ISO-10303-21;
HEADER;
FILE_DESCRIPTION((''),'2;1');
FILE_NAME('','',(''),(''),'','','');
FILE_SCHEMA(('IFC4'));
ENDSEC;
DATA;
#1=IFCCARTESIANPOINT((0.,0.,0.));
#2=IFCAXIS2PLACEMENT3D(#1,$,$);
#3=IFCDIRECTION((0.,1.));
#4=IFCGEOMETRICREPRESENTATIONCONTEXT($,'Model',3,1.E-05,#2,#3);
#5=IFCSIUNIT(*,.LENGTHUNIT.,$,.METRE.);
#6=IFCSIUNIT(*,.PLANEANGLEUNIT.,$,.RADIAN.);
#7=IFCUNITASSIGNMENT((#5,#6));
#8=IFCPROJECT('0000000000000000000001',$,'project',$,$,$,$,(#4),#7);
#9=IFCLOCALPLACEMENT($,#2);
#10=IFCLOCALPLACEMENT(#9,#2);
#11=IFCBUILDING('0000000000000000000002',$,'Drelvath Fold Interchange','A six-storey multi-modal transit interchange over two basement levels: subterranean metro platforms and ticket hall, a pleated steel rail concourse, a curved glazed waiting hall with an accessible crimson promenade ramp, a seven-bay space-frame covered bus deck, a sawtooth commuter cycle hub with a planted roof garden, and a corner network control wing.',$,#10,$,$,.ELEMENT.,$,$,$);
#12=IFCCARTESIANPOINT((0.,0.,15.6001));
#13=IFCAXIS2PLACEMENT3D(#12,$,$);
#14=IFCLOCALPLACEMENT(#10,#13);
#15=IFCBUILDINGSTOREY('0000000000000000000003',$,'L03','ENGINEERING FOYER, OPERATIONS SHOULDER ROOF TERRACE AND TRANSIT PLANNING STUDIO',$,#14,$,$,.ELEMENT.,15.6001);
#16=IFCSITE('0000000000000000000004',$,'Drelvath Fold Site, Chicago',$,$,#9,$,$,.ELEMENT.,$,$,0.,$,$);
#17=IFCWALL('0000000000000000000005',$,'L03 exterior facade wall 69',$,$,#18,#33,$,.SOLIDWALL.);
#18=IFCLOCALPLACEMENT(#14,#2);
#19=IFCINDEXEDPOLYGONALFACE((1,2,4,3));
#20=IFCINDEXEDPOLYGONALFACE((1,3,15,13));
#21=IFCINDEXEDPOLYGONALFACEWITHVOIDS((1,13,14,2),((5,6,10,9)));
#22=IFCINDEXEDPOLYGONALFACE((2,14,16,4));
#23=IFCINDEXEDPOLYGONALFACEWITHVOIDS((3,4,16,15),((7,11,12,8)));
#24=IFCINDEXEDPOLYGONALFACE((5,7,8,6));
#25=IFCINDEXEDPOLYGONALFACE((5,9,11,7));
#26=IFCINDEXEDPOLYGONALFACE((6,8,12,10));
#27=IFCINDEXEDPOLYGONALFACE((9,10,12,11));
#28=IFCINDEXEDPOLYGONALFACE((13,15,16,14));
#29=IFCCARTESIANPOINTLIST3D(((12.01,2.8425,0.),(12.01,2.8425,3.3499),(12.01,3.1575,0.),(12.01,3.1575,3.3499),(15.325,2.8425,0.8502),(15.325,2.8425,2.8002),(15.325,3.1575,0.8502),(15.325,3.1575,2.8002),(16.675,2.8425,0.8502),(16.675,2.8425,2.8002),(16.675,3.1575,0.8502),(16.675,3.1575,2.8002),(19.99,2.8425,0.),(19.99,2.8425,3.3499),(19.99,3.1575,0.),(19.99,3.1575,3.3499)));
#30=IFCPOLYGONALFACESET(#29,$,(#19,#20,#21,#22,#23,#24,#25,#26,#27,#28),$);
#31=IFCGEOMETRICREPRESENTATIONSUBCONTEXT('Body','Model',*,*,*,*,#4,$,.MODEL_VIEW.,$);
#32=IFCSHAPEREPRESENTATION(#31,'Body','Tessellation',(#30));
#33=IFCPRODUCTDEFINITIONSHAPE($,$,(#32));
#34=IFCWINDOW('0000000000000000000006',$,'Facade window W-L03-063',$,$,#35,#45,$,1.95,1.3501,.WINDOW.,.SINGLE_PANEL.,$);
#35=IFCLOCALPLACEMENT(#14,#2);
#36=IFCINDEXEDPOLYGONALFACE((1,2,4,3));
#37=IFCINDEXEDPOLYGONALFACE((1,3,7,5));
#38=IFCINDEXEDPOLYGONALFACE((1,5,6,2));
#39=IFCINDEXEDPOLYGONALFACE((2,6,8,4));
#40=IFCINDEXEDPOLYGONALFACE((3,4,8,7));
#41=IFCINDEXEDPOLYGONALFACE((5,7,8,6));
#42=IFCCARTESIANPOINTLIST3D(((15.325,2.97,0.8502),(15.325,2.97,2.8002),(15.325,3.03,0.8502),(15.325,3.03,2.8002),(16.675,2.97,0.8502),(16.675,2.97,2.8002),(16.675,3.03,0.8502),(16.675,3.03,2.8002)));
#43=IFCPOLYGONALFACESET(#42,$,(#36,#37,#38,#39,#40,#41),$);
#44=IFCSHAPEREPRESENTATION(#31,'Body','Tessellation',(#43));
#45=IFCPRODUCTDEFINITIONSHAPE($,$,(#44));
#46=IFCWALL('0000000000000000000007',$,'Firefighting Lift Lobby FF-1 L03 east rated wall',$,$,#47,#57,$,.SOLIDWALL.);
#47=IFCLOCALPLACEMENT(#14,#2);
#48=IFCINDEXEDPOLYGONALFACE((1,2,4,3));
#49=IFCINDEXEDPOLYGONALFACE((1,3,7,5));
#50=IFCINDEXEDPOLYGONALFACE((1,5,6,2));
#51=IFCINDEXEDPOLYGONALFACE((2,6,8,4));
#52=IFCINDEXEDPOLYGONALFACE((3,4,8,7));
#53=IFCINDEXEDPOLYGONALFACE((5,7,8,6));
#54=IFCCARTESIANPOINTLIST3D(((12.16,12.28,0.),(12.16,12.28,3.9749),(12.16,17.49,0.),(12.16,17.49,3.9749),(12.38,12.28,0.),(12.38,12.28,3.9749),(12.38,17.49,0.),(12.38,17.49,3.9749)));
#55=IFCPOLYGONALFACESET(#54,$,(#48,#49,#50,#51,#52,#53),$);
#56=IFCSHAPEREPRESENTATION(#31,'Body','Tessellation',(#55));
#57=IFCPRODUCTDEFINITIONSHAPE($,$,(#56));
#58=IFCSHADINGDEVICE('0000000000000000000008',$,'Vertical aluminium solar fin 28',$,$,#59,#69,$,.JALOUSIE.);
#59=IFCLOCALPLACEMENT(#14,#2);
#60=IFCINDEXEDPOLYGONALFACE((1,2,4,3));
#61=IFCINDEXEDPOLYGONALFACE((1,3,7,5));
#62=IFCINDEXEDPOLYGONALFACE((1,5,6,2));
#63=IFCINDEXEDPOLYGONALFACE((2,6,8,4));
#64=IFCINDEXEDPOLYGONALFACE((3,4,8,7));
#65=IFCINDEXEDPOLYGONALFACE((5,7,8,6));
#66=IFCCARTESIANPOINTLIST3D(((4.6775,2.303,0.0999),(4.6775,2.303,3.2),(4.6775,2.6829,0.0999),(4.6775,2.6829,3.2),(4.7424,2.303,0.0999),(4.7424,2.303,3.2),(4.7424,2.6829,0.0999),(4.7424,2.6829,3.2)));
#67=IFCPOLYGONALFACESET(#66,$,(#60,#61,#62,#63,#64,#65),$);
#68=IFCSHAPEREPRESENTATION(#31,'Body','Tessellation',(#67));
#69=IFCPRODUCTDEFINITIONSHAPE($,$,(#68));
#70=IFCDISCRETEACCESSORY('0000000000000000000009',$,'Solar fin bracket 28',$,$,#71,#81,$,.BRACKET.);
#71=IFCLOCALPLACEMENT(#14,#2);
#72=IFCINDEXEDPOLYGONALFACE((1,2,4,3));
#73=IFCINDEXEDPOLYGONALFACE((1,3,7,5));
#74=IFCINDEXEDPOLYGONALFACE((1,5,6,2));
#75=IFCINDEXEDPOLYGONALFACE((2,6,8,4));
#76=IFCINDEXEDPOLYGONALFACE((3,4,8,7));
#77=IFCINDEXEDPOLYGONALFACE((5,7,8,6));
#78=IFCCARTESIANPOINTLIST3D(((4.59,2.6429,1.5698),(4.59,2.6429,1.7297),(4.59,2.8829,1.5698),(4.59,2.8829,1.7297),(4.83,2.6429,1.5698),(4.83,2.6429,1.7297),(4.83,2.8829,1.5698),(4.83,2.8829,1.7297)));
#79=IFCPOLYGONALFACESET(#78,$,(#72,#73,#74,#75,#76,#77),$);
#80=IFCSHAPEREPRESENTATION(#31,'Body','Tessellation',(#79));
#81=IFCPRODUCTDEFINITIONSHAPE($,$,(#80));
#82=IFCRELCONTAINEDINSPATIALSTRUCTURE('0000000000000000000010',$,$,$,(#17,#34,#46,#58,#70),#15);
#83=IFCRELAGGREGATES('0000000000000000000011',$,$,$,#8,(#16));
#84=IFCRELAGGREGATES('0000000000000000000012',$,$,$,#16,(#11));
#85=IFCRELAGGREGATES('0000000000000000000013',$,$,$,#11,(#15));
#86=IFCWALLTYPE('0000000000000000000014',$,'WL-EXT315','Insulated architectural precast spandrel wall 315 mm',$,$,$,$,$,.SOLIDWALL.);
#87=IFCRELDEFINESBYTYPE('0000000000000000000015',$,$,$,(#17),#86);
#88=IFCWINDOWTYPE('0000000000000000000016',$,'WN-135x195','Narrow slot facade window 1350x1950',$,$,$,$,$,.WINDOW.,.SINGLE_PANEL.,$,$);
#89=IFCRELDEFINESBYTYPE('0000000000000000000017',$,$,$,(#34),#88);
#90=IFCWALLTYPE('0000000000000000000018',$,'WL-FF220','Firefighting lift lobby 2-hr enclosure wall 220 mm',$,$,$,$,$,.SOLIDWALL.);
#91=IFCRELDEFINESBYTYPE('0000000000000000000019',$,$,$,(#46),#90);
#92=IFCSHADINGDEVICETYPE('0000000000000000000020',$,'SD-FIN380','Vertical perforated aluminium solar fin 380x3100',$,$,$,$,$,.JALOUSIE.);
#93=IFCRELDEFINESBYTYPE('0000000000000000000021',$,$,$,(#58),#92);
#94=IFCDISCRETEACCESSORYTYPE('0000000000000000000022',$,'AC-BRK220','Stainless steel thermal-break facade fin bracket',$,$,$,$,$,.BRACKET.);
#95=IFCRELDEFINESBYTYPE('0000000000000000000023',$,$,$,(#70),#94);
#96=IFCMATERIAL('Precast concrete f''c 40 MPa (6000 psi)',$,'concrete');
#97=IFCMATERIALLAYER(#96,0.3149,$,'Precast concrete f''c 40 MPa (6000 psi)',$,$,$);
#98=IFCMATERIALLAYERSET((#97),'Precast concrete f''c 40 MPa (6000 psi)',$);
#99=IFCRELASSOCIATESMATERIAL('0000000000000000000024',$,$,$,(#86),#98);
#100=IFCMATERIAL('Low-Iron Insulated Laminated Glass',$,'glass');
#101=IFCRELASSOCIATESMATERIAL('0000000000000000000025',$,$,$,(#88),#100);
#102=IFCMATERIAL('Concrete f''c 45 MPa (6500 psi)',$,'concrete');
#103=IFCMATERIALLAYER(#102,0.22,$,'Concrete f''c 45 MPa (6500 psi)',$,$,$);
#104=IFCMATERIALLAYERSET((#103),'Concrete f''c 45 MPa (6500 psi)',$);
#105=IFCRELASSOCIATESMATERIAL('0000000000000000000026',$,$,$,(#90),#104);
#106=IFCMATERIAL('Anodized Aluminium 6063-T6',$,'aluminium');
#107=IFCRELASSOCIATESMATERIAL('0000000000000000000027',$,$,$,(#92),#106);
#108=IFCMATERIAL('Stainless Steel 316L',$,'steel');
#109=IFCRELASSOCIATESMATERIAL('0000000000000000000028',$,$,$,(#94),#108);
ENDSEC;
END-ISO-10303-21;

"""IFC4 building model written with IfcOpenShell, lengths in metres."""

from ifc_helpers import new_model, si_unit, direction, frame, frame_2d, origin, origin_2d, place, context, subcontext, project, spatial, rectangle, extrude, material, layer, layer_set, type_object, element, fill, save


model = new_model("IFC4")

# Units and contexts
model_context = context("Model", 3, precision=1e-05, world=origin(), true_north=direction((0.0, 1.0)))
body_context = subcontext(model_context, "Body", "Model", "MODEL_VIEW")
ifc_project = project(units=[si_unit("LENGTHUNIT", "METRE"), si_unit("PLANEANGLEUNIT", "RADIAN")], contexts=[model_context])

# Site, building, storey
site_placement = place(None, origin())
site = spatial("IfcSite", under=ifc_project, at=site_placement, Name="Drelvath Fold Site, Chicago", CompositionType="ELEMENT", RefElevation=0.0)
building_placement = place(site_placement, origin())
building = spatial("IfcBuilding", under=site, at=building_placement, Name="Drelvath Fold Interchange", Description="A six-storey multi-modal transit interchange over two basement levels: subterranean metro platforms and ticket hall, a pleated steel rail concourse, a curved glazed waiting hall with an accessible crimson promenade ramp, a seven-bay space-frame covered bus deck, a sawtooth commuter cycle hub with a planted roof garden, and a corner network control wing.", CompositionType="ELEMENT")
storey_placement = place(building_placement, frame((0.0, 0.0, 15.6001)))
storey = spatial("IfcBuildingStorey", under=building, at=storey_placement, Name="L03", Description="ENGINEERING FOYER, OPERATIONS SHOULDER ROOF TERRACE AND TRANSIT PLANNING STUDIO", CompositionType="ELEMENT", Elevation=15.6001)

# Shared definitions
ifc_material_1 = material(Name="Concrete f'c 45 MPa (6500 psi)", Category="concrete")

# Wall, opening, window
ifc_material_2 = material(Name="Precast concrete f'c 40 MPa (6000 psi)", Category="concrete")
ifc_layer_1 = layer(ifc_material_2, 0.3149, Name="Precast concrete f'c 40 MPa (6000 psi)")
ifc_layer_set_1 = layer_set([ifc_layer_1], Name="Precast concrete f'c 40 MPa (6000 psi)")
wall_type_1 = type_object("IfcWallType", Name="WL-EXT315", Description="Insulated architectural precast spandrel wall 315 mm", PredefinedType="SOLIDWALL", material=ifc_layer_set_1)
ifc_material_3 = material(Name="Low-Iron Insulated Laminated Glass", Category="glass")
wall_1_placement = place(storey_placement, frame((12.01, 3.0, 0.0), z_axis=(0.0, 0.0, 1.0), x_axis=(1.0, 0.0, 0.0)))
wall_1 = element("IfcWall", 1, at=wall_1_placement, inside=storey, type_object=wall_type_1, Name="L03 exterior facade wall 69", PredefinedType="SOLIDWALL", context=body_context, shape_type="SweptSolid", body=[
    extrude(rectangle(XDim=7.98, YDim=0.3149, at=frame_2d((3.99, 0.0))), origin(), (0.0, 0.0, 1.0), 3.3499),
])
opening_1_placement = place(wall_1_placement, frame((3.3149, 0.0, 0.8501)))
opening_1 = element("IfcOpeningElement", 2, at=opening_1_placement, cuts=wall_1, PredefinedType="OPENING", context=body_context, shape_type="SweptSolid", body=[
    extrude(rectangle(XDim=1.3501, YDim=1.95, at=frame_2d((0.675, 0.9751))), frame((0.0, 0.1675, 0.0), z_axis=(0.0, -1.0, 0.0), x_axis=(1.0, 0.0, 0.0)), (0.0, 0.0, 1.0), 0.335),
])
window_type_1 = type_object("IfcWindowType", Name="WN-135x195", Description="Narrow slot facade window 1350x1950", PartitioningType="SINGLE_PANEL", PredefinedType="WINDOW", material=ifc_material_3)
window_1_placement = place(opening_1_placement, origin())
window_1 = element("IfcWindow", 3, at=window_1_placement, inside=storey, type_object=window_type_1, Name="Facade window W-L03-063", OverallHeight=1.95, OverallWidth=1.3501, PartitioningType="SINGLE_PANEL", PredefinedType="WINDOW", context=body_context, shape_type="SweptSolid", body=[
    extrude(rectangle(XDim=1.3501, YDim=1.95, at=frame_2d((0.675, 0.9751))), frame((0.0, 0.03, 0.0), z_axis=(0.0, -1.0, 0.0), x_axis=(1.0, 0.0, 0.0)), (0.0, 0.0, 1.0), 0.0601),
])
fill(opening_1, window_1)

# Wall
ifc_layer_2 = layer(ifc_material_1, 0.22, Name="Concrete f'c 45 MPa (6500 psi)")
ifc_layer_set_2 = layer_set([ifc_layer_2], Name="Concrete f'c 45 MPa (6500 psi)")
wall_type_2 = type_object("IfcWallType", Name="WL-FF220", Description="Firefighting lift lobby 2-hr enclosure wall 220 mm", PredefinedType="SOLIDWALL", material=ifc_layer_set_2)
wall_2_placement = place(storey_placement, frame((12.27, 12.28, 0.0), z_axis=(0.0, 0.0, 1.0), x_axis=(0.0, 1.0, 0.0)))
element("IfcWall", 4, at=wall_2_placement, inside=storey, type_object=wall_type_2, Name="Firefighting Lift Lobby FF-1 L03 east rated wall", PredefinedType="SOLIDWALL", context=body_context, shape_type="SweptSolid", body=[
    extrude(rectangle(XDim=5.21, YDim=0.22, at=frame_2d((2.605, 0.0))), origin(), (0.0, 0.0, 1.0), 3.9749),
])

# Shading device
ifc_material_4 = material(Name="Anodized Aluminium 6063-T6", Category="aluminium")
shading_device_type = type_object("IfcShadingDeviceType", Name="SD-FIN380", Description="Vertical perforated aluminium solar fin 380x3100", PredefinedType="JALOUSIE", material=ifc_material_4)
shading_device_placement = place(storey_placement, frame((4.71, 2.4929, 0.0999), z_axis=(0.0, 0.0, 1.0), x_axis=(0.0, 1.0, 0.0)))
element("IfcShadingDevice", 5, at=shading_device_placement, inside=storey, type_object=shading_device_type, Name="Vertical aluminium solar fin 28", PredefinedType="JALOUSIE", context=body_context, shape_type="SweptSolid", body=[
    extrude(rectangle(XDim=0.3799, YDim=0.0649, at=origin_2d()), origin(), (0.0, 0.0, 1.0), 3.1001),
])

# Discrete accessory
ifc_material_5 = material(Name="Stainless Steel 316L", Category="steel")
discrete_accessory_type = type_object("IfcDiscreteAccessoryType", Name="AC-BRK220", Description="Stainless steel thermal-break facade fin bracket", PredefinedType="BRACKET", material=ifc_material_5)
discrete_accessory_placement = place(storey_placement, frame((4.71, 2.7629, 1.5698), z_axis=(0.0, 0.0, 1.0), x_axis=(0.0, 1.0, 0.0)))
element("IfcDiscreteAccessory", 6, at=discrete_accessory_placement, inside=storey, type_object=discrete_accessory_type, Name="Solar fin bracket 28", PredefinedType="BRACKET", context=body_context, shape_type="SweptSolid", body=[
    extrude(rectangle(XDim=0.24, YDim=0.24, at=origin_2d()), origin(), (0.0, 0.0, 1.0), 0.1599),
])

save(model, "model.ifc")
